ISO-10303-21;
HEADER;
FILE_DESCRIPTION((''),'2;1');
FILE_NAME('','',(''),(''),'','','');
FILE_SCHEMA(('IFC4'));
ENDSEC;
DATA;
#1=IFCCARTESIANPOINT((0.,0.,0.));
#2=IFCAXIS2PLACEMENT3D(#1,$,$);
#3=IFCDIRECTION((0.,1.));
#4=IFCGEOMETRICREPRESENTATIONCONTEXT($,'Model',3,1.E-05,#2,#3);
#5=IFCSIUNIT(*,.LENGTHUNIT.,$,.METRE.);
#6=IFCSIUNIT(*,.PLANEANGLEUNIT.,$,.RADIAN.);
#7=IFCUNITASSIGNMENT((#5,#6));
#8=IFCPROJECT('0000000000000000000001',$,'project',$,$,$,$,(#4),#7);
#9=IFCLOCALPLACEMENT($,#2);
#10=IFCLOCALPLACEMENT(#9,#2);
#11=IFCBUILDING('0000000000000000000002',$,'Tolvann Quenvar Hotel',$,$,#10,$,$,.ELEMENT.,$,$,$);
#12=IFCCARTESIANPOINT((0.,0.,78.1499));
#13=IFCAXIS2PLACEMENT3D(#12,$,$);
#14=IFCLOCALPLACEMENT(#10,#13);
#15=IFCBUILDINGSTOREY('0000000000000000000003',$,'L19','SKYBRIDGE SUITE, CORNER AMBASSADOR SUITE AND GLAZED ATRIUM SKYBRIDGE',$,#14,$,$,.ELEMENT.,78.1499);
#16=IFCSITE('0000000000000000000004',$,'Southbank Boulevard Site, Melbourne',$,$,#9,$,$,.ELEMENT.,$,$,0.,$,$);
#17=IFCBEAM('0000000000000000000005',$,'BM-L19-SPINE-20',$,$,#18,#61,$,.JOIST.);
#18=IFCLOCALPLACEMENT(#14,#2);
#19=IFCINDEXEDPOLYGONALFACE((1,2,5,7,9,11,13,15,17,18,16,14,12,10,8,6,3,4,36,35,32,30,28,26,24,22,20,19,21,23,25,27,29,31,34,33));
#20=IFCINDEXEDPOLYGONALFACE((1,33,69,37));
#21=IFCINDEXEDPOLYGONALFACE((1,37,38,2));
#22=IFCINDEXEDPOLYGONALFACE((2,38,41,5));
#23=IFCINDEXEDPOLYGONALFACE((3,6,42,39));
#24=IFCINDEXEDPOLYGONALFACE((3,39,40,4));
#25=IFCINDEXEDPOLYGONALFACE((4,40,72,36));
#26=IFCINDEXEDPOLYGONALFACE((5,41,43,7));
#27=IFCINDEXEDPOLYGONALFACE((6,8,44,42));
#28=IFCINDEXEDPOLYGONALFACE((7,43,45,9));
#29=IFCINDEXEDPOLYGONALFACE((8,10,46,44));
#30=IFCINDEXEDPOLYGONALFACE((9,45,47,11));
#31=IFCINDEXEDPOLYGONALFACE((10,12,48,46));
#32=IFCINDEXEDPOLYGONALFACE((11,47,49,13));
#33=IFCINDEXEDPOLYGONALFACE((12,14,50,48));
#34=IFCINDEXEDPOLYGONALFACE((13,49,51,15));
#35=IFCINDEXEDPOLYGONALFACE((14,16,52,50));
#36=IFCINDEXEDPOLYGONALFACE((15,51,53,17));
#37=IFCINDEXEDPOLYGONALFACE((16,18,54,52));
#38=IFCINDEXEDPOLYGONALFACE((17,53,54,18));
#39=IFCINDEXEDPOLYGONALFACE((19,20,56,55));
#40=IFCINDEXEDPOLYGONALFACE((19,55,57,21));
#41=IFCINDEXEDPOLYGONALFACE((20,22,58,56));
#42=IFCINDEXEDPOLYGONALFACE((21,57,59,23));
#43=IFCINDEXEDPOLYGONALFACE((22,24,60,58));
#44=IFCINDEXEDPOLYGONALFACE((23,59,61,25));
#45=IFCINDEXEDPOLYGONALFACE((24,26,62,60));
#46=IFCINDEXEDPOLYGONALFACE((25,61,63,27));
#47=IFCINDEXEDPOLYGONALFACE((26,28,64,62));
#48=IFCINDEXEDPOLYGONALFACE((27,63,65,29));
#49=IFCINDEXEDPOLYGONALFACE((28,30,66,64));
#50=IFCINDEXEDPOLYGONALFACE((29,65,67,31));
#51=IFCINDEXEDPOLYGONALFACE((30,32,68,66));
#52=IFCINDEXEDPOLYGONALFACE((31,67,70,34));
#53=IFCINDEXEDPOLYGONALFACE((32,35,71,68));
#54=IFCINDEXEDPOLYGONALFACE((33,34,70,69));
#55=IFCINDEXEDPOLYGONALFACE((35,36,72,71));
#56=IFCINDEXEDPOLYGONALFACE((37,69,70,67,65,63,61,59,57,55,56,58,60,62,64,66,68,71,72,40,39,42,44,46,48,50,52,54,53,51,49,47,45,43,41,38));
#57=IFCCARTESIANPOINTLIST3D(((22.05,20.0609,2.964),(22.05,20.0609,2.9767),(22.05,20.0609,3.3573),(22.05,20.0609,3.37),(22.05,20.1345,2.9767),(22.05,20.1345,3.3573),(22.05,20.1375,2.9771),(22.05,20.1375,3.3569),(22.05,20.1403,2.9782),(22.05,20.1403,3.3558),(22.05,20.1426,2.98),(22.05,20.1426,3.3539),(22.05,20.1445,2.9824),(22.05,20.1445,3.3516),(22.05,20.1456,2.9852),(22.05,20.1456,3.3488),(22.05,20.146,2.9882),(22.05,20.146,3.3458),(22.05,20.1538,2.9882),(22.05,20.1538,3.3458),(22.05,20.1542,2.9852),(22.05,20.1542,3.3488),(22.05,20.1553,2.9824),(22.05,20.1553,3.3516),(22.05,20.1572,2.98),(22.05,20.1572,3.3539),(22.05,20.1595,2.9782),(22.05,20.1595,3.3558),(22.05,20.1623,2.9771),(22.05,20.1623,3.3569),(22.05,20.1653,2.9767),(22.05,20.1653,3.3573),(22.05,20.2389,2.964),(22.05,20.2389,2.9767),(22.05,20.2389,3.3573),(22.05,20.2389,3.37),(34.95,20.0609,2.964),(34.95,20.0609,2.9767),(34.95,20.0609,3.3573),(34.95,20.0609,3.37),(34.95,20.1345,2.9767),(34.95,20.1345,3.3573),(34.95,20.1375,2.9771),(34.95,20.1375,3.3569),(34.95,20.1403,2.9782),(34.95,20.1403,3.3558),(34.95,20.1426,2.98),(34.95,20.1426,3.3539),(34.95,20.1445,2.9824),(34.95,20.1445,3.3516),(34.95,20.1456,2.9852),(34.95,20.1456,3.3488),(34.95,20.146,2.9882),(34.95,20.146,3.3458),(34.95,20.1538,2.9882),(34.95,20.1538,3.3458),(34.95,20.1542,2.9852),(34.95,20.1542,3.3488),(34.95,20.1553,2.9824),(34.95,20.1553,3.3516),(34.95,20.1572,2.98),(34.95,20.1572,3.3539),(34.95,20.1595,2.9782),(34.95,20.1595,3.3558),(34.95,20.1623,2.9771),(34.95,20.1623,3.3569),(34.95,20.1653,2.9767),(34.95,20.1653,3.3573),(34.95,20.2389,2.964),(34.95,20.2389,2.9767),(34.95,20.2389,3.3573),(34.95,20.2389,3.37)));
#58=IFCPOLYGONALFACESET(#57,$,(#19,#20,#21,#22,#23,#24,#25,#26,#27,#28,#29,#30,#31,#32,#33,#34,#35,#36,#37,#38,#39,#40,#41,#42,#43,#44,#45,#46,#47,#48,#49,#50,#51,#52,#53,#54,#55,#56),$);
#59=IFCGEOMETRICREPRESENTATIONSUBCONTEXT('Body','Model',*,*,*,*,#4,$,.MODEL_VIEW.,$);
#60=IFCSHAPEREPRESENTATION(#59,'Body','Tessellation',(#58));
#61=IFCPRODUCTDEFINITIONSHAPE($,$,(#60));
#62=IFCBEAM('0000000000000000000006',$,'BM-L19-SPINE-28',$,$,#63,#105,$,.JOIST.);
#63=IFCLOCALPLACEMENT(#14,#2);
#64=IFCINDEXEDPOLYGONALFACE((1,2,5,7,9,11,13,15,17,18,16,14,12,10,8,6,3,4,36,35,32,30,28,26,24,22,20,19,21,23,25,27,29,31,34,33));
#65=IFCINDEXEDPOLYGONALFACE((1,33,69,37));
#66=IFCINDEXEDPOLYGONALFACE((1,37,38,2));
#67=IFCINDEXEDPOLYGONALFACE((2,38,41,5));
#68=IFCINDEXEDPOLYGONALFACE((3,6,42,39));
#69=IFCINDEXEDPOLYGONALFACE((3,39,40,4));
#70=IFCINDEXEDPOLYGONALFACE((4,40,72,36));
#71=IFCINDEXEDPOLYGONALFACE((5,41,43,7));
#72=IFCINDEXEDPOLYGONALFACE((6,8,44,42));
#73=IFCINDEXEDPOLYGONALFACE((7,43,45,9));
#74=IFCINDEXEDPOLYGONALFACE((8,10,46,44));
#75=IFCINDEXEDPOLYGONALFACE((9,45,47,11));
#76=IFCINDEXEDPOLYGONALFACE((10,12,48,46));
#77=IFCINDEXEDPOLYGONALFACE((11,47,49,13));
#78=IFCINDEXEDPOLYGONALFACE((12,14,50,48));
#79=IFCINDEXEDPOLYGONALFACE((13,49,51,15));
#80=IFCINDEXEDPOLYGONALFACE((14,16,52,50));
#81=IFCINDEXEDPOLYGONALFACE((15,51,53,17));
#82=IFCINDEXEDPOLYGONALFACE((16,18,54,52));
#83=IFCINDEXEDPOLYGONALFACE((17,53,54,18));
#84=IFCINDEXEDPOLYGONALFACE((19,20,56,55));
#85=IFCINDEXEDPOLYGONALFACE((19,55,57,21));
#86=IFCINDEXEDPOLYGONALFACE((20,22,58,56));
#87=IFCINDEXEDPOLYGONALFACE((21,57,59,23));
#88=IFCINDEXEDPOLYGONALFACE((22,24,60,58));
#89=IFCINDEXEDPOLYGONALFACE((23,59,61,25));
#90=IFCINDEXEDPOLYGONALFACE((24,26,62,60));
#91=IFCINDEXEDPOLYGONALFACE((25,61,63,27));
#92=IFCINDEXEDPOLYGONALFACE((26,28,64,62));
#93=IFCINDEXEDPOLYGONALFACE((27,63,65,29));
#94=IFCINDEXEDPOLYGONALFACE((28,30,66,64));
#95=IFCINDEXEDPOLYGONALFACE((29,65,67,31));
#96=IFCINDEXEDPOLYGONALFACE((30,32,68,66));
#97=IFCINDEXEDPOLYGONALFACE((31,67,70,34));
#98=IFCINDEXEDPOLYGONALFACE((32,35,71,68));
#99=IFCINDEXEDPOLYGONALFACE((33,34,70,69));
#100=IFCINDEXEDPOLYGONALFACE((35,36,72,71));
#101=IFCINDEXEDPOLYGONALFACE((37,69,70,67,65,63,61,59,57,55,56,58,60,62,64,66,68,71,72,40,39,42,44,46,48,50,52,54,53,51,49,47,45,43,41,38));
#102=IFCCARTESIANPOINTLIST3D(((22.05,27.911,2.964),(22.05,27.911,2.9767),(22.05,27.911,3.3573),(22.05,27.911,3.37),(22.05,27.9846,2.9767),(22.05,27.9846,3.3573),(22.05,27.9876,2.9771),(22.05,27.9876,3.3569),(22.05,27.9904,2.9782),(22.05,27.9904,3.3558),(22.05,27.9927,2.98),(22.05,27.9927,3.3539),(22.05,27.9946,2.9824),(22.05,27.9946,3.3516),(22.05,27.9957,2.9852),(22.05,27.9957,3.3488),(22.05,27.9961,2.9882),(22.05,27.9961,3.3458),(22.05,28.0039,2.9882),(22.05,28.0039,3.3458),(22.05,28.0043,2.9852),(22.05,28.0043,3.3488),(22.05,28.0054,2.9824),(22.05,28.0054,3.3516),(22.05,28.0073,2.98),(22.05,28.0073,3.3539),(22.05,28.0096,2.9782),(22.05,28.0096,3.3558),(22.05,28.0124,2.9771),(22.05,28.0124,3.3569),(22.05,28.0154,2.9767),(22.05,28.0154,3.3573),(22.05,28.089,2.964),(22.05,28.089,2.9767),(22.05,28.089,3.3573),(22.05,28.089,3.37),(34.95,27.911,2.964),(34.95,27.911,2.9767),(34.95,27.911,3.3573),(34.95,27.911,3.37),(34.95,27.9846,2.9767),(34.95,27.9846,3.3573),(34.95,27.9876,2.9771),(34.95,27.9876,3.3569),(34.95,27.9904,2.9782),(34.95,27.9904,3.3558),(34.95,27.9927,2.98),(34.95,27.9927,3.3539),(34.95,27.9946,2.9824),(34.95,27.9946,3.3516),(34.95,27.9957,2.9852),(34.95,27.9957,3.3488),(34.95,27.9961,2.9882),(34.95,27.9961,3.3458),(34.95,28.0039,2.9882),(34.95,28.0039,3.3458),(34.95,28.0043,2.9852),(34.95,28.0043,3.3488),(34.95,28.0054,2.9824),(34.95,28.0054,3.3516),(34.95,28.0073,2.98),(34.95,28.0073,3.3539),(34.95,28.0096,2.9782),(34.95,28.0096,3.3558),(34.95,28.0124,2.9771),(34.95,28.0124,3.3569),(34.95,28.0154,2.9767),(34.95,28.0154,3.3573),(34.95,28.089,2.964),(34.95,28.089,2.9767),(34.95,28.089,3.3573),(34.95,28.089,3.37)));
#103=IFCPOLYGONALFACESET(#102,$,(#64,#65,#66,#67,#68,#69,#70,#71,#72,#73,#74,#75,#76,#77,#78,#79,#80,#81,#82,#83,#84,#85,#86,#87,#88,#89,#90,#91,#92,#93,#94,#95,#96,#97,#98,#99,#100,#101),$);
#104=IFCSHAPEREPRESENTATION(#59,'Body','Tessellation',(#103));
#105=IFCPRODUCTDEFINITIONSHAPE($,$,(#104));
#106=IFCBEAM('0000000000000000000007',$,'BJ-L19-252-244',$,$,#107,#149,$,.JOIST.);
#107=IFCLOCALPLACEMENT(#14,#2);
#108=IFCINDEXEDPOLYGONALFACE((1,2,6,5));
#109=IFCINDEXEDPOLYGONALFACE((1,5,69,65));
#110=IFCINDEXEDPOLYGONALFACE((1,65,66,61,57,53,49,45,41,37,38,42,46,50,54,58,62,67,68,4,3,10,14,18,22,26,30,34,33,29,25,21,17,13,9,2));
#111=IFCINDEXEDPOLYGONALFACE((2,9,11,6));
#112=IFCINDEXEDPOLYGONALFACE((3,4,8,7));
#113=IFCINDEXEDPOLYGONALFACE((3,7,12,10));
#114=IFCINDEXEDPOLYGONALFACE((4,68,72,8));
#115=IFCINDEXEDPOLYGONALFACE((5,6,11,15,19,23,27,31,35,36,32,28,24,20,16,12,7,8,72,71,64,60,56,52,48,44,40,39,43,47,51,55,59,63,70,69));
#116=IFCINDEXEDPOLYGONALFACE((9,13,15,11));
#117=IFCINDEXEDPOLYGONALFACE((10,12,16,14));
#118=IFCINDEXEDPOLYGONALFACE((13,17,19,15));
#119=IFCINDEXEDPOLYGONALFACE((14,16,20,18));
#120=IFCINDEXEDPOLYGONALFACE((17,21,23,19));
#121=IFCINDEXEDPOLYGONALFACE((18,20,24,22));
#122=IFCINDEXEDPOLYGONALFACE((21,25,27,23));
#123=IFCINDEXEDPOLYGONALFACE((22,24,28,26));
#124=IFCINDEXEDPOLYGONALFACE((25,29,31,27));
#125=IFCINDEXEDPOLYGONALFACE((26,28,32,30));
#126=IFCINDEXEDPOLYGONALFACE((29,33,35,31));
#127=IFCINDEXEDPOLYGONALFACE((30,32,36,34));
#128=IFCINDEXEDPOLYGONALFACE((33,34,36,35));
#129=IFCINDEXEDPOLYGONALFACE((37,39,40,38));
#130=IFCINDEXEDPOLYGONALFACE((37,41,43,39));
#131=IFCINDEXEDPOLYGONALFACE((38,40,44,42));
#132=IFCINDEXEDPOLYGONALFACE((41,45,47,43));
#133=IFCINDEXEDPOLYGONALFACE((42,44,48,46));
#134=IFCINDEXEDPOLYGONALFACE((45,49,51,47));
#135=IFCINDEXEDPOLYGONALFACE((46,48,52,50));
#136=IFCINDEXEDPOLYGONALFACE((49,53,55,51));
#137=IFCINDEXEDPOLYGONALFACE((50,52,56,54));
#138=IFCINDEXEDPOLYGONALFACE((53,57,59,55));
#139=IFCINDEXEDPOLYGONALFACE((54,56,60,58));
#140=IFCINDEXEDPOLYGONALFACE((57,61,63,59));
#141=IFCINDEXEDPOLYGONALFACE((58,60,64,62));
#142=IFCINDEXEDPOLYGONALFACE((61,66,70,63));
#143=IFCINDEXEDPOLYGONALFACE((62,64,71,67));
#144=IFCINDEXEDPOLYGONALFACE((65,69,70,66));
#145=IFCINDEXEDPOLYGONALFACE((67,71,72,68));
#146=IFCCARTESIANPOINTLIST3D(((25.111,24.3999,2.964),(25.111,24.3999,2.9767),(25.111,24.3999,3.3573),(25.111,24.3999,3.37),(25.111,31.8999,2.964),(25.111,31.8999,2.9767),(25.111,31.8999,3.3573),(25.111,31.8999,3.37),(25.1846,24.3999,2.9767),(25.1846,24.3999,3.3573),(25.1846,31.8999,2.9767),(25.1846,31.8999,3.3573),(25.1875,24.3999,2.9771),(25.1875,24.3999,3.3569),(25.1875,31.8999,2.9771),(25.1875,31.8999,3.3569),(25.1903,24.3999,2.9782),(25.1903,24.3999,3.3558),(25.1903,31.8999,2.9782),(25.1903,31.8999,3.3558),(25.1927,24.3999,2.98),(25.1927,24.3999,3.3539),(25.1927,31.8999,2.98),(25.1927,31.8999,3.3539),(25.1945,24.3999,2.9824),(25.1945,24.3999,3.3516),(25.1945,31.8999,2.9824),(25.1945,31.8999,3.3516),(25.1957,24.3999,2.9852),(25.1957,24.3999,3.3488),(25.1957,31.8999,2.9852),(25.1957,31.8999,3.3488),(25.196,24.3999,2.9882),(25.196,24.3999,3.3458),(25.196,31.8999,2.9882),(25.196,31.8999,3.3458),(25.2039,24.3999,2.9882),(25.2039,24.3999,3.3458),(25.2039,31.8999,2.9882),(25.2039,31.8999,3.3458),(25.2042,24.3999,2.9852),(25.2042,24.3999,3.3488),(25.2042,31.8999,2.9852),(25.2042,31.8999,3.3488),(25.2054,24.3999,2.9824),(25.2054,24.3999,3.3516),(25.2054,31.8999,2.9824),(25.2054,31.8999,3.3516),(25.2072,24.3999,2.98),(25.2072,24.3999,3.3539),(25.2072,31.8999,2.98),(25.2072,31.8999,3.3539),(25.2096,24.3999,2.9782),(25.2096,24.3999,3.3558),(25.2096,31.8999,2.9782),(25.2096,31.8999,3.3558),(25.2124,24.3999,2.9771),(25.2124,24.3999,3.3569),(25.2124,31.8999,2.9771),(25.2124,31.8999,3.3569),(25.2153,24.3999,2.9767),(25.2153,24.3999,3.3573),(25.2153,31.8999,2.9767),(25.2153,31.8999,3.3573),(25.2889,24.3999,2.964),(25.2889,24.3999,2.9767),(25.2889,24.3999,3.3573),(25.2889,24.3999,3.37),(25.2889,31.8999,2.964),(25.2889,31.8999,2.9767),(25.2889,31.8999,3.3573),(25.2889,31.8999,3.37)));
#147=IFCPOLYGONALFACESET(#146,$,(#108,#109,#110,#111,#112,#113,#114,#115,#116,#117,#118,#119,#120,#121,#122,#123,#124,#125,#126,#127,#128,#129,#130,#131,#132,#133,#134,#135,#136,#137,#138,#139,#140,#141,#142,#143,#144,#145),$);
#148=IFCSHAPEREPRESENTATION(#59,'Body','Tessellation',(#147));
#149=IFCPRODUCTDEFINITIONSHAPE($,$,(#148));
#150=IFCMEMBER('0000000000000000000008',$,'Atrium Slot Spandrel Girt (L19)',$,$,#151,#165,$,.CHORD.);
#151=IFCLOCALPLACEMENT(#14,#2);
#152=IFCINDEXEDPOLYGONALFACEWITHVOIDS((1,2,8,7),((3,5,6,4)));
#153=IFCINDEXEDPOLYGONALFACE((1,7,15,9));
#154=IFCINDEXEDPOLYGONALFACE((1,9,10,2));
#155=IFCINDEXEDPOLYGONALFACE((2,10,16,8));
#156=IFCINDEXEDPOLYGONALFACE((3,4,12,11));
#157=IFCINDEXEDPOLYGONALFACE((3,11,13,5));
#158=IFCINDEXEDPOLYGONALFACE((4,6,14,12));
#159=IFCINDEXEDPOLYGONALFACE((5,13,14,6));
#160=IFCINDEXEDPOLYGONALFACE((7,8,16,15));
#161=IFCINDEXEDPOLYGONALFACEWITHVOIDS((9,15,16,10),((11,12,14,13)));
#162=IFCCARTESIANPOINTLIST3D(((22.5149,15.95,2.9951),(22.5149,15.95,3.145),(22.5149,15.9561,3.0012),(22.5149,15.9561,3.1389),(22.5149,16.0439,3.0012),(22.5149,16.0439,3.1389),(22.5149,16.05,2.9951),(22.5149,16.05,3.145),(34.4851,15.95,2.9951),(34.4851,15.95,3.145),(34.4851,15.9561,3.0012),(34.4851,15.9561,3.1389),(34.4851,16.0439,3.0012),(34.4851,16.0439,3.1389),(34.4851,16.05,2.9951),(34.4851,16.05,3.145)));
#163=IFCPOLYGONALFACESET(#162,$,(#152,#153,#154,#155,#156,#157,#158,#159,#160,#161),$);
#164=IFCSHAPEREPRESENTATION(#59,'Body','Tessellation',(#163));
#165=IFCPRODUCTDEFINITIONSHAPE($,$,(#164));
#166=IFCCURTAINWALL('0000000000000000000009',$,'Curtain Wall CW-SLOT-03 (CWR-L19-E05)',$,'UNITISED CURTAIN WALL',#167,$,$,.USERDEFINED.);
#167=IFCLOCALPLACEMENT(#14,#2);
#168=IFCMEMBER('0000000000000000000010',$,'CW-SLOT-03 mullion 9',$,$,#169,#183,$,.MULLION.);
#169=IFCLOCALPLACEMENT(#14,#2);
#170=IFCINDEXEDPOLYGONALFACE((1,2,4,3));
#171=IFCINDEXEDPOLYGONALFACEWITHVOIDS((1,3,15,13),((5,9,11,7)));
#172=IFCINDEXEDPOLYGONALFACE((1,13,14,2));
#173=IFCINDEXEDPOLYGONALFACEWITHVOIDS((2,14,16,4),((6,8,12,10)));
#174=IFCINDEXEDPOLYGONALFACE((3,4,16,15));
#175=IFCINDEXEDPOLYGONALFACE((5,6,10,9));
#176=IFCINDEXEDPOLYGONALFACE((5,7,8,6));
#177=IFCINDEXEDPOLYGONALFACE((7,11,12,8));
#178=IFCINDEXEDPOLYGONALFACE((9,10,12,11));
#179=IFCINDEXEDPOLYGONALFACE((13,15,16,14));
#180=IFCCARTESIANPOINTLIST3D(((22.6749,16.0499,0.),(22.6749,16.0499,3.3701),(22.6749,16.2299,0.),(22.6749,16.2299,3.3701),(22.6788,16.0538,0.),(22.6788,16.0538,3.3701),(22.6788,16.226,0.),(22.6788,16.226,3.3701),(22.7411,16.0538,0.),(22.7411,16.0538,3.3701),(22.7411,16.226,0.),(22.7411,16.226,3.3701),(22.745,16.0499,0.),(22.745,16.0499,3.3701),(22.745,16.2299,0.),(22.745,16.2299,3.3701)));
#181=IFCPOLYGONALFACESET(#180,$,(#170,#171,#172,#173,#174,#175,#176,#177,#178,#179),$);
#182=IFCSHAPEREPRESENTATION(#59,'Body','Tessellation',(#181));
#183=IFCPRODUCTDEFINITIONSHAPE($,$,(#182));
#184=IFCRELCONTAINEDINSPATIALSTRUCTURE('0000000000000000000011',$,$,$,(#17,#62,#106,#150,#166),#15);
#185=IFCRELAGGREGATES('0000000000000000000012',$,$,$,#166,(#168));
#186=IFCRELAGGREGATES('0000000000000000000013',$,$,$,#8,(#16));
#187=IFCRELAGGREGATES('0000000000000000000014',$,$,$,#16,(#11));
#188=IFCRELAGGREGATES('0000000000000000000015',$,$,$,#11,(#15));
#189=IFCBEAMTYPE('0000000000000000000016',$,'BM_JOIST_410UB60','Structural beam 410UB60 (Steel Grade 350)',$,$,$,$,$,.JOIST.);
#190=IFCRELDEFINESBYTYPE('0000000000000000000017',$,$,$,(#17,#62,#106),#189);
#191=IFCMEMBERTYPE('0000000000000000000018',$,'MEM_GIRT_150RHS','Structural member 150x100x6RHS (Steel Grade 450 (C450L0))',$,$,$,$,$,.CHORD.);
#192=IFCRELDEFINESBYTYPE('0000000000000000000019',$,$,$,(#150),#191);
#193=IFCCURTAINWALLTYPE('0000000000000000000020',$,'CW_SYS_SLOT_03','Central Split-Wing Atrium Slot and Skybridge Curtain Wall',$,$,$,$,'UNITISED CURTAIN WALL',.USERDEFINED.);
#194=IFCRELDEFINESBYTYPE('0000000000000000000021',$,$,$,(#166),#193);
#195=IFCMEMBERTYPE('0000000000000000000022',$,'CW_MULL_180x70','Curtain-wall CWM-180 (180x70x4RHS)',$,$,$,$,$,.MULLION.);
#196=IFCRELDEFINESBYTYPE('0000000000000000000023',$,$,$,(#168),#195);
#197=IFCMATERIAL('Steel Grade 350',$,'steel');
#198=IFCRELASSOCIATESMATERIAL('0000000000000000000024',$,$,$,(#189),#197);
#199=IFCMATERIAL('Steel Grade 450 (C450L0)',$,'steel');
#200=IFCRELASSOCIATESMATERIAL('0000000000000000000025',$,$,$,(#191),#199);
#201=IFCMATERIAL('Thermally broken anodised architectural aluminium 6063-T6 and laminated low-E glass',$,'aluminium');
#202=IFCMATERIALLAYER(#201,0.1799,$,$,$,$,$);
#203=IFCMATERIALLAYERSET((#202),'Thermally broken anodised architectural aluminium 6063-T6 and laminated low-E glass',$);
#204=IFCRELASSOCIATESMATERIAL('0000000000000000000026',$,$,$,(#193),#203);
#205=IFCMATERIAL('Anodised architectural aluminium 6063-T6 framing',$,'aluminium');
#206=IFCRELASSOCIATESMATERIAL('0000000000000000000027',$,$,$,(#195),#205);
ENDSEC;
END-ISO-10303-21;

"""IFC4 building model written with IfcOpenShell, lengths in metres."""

from ifc_helpers import new_model, si_unit, direction, frame, origin, origin_2d, place, context, subcontext, project, spatial, hollow_rectangle, i_section, extrude, source, transform, mapped, material, layer, layer_set, material_profile, profile_set, type_object, type_shapes, element, aggregate, save


model = new_model("IFC4")

# Units and contexts
model_context = context("Model", 3, precision=1e-05, world=origin(), true_north=direction((0.0, 1.0)))
body_context = subcontext(model_context, "Body", "Model", "MODEL_VIEW")
ifc_project = project(units=[si_unit("LENGTHUNIT", "METRE"), si_unit("PLANEANGLEUNIT", "RADIAN")], contexts=[model_context])

# Site, building, storey
site_placement = place(None, origin())
site = spatial("IfcSite", under=ifc_project, at=site_placement, Name="Southbank Boulevard Site, Melbourne", CompositionType="ELEMENT", RefElevation=0.0)
building_placement = place(site_placement, origin())
building = spatial("IfcBuilding", under=site, at=building_placement, Name="Tolvann Quenvar Hotel", CompositionType="ELEMENT")
storey_placement = place(building_placement, frame((0.0, 0.0, 78.1499)))
storey = spatial("IfcBuildingStorey", under=building, at=storey_placement, Name="L19", Description="SKYBRIDGE SUITE, CORNER AMBASSADOR SUITE AND GLAZED ATRIUM SKYBRIDGE", CompositionType="ELEMENT", Elevation=78.1499)

# Shared definitions
ifc_material_1 = material(Name="Steel Grade 350", Category="steel")

# Beams
ifc_material_profile_1 = material_profile(ifc_material_1, i_section(OverallWidth=0.178, OverallDepth=0.406, WebThickness=0.0078, FlangeThickness=0.0127, FilletRadius=0.0115, at=origin_2d()), Name="410UB60")
ifc_profile_set_1 = profile_set([ifc_material_profile_1], Name="Steel Grade 350")
beam_type_1 = type_object("IfcBeamType", Name="BM_JOIST_410UB60", Description="Structural beam 410UB60 (Steel Grade 350)", PredefinedType="JOIST", material=ifc_profile_set_1)
shared_shape_1 = source(origin(), body_context, "Body", "SweptSolid", [
    extrude(i_section(OverallWidth=0.178, OverallDepth=0.406, WebThickness=0.0078, FlangeThickness=0.0127, FilletRadius=0.0115, at=origin_2d()), origin(), (0.0, 0.0, 1.0), 12.8999),
])
for number, where, z_axis, x_axis, name in (
    (1, (22.05, 20.1499, 3.167), (1.0, 0.0, 0.0), (0.0, 1.0, 0.0), "BM-L19-SPINE-20"),
    (2, (22.05, 28.0, 3.167), (1.0, 0.0, 0.0), (0.0, 1.0, 0.0), "BM-L19-SPINE-28"),
):
    element("IfcBeam", number, at=place(storey_placement, frame(where, z_axis=z_axis, x_axis=x_axis)), inside=storey, type_object=beam_type_1, Name=name, PredefinedType="JOIST", context=body_context, shape_type="MappedRepresentation", body=[
        mapped(shared_shape_1, transform((0.0, 0.0, 0.0), x_axis=(1.0, 0.0, 0.0), y_axis=(0.0, 1.0, 0.0), z_axis=(0.0, 0.0, 1.0), scale=1.0)),
    ])
shared_shape_2 = source(origin(), body_context, "Body", "SweptSolid", [
    extrude(i_section(OverallWidth=0.178, OverallDepth=0.406, WebThickness=0.0078, FlangeThickness=0.0127, FilletRadius=0.0115, at=origin_2d()), origin(), (0.0, 0.0, 1.0), 7.5),
])
type_shapes(beam_type_1, [shared_shape_1, shared_shape_2])
beam_1_placement = place(storey_placement, frame((25.2, 24.3999, 3.167), z_axis=(0.0, 1.0, 0.0), x_axis=(-1.0, 0.0, 0.0)))
element("IfcBeam", 3, at=beam_1_placement, inside=storey, type_object=beam_type_1, Name="BJ-L19-252-244", PredefinedType="JOIST", context=body_context, shape_type="MappedRepresentation", body=[
    mapped(shared_shape_2, transform((0.0, 0.0, 0.0), x_axis=(1.0, 0.0, 0.0), y_axis=(0.0, 1.0, 0.0), z_axis=(0.0, 0.0, 1.0), scale=1.0)),
])

# Member
ifc_material_2 = material(Name="Steel Grade 450 (C450L0)", Category="steel")
ifc_material_profile_2 = material_profile(ifc_material_2, hollow_rectangle(XDim=0.1001, YDim=0.1499, WallThickness=0.0061, at=origin_2d()), Name="150x100x6RHS")
ifc_profile_set_2 = profile_set([ifc_material_profile_2], Name="Steel Grade 450 (C450L0)")
member_type_1 = type_object("IfcMemberType", Name="MEM_GIRT_150RHS", Description="Structural member 150x100x6RHS (Steel Grade 450 (C450L0))", PredefinedType="CHORD", material=ifc_profile_set_2)
shared_shape_3 = source(origin(), body_context, "Body", "SweptSolid", [
    extrude(hollow_rectangle(XDim=0.1001, YDim=0.1499, WallThickness=0.0061, at=origin_2d()), origin(), (0.0, 0.0, 1.0), 11.9702),
])
type_shapes(member_type_1, [shared_shape_3])
member_1_placement = place(storey_placement, frame((22.5149, 16.0, 3.0701), z_axis=(1.0, 0.0, 0.0), x_axis=(0.0, 1.0, 0.0)))
element("IfcMember", 4, at=member_1_placement, inside=storey, type_object=member_type_1, Name="Atrium Slot Spandrel Girt (L19)", PredefinedType="CHORD", context=body_context, shape_type="MappedRepresentation", body=[
    mapped(shared_shape_3, transform((0.0, 0.0, 0.0), x_axis=(1.0, 0.0, 0.0), y_axis=(0.0, 1.0, 0.0), z_axis=(0.0, 0.0, 1.0), scale=1.0)),
])

# Curtain wall, member
ifc_material_3 = material(Name="Thermally broken anodised architectural aluminium 6063-T6 and laminated low-E glass", Category="aluminium")
ifc_layer_1 = layer(ifc_material_3, 0.1799)
ifc_layer_set_1 = layer_set([ifc_layer_1], Name="Thermally broken anodised architectural aluminium 6063-T6 and laminated low-E glass")
curtain_wall_type = type_object("IfcCurtainWallType", Name="CW_SYS_SLOT_03", Description="Central Split-Wing Atrium Slot and Skybridge Curtain Wall", ElementType="UNITISED CURTAIN WALL", PredefinedType="USERDEFINED", material=ifc_layer_set_1)
curtain_wall_placement = place(storey_placement, origin())
curtain_wall = element("IfcCurtainWall", 5, at=curtain_wall_placement, inside=storey, type_object=curtain_wall_type, Name="Curtain Wall CW-SLOT-03 (CWR-L19-E05)", ObjectType="UNITISED CURTAIN WALL", PredefinedType="USERDEFINED")
ifc_material_4 = material(Name="Anodised architectural aluminium 6063-T6 framing", Category="aluminium")
ifc_material_profile_3 = material_profile(ifc_material_4, hollow_rectangle(XDim=0.0701, YDim=0.1799, WallThickness=0.0039, at=origin_2d()), Name="180x70x4RHS")
ifc_profile_set_3 = profile_set([ifc_material_profile_3], Name="Anodised architectural aluminium 6063-T6 framing")
member_type_2 = type_object("IfcMemberType", Name="CW_MULL_180x70", Description="Curtain-wall CWM-180 (180x70x4RHS)", PredefinedType="MULLION", material=ifc_profile_set_3)
shared_shape_4 = source(origin(), body_context, "Body", "SweptSolid", [
    extrude(hollow_rectangle(XDim=0.0701, YDim=0.1799, WallThickness=0.0039, at=origin_2d()), origin(), (0.0, 0.0, 1.0), 3.3701),
])
type_shapes(member_type_2, [shared_shape_4])
member_2_placement = place(storey_placement, frame((22.71, 16.1399, 0.0), z_axis=(0.0, 0.0, 1.0), x_axis=(-1.0, 0.0, 0.0)))
member_2 = element("IfcMember", 6, at=member_2_placement, type_object=member_type_2, Name="CW-SLOT-03 mullion 9", PredefinedType="MULLION", context=body_context, shape_type="MappedRepresentation", body=[
    mapped(shared_shape_4, transform((0.0, 0.0, 0.0), x_axis=(1.0, 0.0, 0.0), y_axis=(0.0, 1.0, 0.0), z_axis=(0.0, 0.0, 1.0), scale=1.0)),
])

aggregate(curtain_wall, [member_2])

save(model, "model.ifc")
